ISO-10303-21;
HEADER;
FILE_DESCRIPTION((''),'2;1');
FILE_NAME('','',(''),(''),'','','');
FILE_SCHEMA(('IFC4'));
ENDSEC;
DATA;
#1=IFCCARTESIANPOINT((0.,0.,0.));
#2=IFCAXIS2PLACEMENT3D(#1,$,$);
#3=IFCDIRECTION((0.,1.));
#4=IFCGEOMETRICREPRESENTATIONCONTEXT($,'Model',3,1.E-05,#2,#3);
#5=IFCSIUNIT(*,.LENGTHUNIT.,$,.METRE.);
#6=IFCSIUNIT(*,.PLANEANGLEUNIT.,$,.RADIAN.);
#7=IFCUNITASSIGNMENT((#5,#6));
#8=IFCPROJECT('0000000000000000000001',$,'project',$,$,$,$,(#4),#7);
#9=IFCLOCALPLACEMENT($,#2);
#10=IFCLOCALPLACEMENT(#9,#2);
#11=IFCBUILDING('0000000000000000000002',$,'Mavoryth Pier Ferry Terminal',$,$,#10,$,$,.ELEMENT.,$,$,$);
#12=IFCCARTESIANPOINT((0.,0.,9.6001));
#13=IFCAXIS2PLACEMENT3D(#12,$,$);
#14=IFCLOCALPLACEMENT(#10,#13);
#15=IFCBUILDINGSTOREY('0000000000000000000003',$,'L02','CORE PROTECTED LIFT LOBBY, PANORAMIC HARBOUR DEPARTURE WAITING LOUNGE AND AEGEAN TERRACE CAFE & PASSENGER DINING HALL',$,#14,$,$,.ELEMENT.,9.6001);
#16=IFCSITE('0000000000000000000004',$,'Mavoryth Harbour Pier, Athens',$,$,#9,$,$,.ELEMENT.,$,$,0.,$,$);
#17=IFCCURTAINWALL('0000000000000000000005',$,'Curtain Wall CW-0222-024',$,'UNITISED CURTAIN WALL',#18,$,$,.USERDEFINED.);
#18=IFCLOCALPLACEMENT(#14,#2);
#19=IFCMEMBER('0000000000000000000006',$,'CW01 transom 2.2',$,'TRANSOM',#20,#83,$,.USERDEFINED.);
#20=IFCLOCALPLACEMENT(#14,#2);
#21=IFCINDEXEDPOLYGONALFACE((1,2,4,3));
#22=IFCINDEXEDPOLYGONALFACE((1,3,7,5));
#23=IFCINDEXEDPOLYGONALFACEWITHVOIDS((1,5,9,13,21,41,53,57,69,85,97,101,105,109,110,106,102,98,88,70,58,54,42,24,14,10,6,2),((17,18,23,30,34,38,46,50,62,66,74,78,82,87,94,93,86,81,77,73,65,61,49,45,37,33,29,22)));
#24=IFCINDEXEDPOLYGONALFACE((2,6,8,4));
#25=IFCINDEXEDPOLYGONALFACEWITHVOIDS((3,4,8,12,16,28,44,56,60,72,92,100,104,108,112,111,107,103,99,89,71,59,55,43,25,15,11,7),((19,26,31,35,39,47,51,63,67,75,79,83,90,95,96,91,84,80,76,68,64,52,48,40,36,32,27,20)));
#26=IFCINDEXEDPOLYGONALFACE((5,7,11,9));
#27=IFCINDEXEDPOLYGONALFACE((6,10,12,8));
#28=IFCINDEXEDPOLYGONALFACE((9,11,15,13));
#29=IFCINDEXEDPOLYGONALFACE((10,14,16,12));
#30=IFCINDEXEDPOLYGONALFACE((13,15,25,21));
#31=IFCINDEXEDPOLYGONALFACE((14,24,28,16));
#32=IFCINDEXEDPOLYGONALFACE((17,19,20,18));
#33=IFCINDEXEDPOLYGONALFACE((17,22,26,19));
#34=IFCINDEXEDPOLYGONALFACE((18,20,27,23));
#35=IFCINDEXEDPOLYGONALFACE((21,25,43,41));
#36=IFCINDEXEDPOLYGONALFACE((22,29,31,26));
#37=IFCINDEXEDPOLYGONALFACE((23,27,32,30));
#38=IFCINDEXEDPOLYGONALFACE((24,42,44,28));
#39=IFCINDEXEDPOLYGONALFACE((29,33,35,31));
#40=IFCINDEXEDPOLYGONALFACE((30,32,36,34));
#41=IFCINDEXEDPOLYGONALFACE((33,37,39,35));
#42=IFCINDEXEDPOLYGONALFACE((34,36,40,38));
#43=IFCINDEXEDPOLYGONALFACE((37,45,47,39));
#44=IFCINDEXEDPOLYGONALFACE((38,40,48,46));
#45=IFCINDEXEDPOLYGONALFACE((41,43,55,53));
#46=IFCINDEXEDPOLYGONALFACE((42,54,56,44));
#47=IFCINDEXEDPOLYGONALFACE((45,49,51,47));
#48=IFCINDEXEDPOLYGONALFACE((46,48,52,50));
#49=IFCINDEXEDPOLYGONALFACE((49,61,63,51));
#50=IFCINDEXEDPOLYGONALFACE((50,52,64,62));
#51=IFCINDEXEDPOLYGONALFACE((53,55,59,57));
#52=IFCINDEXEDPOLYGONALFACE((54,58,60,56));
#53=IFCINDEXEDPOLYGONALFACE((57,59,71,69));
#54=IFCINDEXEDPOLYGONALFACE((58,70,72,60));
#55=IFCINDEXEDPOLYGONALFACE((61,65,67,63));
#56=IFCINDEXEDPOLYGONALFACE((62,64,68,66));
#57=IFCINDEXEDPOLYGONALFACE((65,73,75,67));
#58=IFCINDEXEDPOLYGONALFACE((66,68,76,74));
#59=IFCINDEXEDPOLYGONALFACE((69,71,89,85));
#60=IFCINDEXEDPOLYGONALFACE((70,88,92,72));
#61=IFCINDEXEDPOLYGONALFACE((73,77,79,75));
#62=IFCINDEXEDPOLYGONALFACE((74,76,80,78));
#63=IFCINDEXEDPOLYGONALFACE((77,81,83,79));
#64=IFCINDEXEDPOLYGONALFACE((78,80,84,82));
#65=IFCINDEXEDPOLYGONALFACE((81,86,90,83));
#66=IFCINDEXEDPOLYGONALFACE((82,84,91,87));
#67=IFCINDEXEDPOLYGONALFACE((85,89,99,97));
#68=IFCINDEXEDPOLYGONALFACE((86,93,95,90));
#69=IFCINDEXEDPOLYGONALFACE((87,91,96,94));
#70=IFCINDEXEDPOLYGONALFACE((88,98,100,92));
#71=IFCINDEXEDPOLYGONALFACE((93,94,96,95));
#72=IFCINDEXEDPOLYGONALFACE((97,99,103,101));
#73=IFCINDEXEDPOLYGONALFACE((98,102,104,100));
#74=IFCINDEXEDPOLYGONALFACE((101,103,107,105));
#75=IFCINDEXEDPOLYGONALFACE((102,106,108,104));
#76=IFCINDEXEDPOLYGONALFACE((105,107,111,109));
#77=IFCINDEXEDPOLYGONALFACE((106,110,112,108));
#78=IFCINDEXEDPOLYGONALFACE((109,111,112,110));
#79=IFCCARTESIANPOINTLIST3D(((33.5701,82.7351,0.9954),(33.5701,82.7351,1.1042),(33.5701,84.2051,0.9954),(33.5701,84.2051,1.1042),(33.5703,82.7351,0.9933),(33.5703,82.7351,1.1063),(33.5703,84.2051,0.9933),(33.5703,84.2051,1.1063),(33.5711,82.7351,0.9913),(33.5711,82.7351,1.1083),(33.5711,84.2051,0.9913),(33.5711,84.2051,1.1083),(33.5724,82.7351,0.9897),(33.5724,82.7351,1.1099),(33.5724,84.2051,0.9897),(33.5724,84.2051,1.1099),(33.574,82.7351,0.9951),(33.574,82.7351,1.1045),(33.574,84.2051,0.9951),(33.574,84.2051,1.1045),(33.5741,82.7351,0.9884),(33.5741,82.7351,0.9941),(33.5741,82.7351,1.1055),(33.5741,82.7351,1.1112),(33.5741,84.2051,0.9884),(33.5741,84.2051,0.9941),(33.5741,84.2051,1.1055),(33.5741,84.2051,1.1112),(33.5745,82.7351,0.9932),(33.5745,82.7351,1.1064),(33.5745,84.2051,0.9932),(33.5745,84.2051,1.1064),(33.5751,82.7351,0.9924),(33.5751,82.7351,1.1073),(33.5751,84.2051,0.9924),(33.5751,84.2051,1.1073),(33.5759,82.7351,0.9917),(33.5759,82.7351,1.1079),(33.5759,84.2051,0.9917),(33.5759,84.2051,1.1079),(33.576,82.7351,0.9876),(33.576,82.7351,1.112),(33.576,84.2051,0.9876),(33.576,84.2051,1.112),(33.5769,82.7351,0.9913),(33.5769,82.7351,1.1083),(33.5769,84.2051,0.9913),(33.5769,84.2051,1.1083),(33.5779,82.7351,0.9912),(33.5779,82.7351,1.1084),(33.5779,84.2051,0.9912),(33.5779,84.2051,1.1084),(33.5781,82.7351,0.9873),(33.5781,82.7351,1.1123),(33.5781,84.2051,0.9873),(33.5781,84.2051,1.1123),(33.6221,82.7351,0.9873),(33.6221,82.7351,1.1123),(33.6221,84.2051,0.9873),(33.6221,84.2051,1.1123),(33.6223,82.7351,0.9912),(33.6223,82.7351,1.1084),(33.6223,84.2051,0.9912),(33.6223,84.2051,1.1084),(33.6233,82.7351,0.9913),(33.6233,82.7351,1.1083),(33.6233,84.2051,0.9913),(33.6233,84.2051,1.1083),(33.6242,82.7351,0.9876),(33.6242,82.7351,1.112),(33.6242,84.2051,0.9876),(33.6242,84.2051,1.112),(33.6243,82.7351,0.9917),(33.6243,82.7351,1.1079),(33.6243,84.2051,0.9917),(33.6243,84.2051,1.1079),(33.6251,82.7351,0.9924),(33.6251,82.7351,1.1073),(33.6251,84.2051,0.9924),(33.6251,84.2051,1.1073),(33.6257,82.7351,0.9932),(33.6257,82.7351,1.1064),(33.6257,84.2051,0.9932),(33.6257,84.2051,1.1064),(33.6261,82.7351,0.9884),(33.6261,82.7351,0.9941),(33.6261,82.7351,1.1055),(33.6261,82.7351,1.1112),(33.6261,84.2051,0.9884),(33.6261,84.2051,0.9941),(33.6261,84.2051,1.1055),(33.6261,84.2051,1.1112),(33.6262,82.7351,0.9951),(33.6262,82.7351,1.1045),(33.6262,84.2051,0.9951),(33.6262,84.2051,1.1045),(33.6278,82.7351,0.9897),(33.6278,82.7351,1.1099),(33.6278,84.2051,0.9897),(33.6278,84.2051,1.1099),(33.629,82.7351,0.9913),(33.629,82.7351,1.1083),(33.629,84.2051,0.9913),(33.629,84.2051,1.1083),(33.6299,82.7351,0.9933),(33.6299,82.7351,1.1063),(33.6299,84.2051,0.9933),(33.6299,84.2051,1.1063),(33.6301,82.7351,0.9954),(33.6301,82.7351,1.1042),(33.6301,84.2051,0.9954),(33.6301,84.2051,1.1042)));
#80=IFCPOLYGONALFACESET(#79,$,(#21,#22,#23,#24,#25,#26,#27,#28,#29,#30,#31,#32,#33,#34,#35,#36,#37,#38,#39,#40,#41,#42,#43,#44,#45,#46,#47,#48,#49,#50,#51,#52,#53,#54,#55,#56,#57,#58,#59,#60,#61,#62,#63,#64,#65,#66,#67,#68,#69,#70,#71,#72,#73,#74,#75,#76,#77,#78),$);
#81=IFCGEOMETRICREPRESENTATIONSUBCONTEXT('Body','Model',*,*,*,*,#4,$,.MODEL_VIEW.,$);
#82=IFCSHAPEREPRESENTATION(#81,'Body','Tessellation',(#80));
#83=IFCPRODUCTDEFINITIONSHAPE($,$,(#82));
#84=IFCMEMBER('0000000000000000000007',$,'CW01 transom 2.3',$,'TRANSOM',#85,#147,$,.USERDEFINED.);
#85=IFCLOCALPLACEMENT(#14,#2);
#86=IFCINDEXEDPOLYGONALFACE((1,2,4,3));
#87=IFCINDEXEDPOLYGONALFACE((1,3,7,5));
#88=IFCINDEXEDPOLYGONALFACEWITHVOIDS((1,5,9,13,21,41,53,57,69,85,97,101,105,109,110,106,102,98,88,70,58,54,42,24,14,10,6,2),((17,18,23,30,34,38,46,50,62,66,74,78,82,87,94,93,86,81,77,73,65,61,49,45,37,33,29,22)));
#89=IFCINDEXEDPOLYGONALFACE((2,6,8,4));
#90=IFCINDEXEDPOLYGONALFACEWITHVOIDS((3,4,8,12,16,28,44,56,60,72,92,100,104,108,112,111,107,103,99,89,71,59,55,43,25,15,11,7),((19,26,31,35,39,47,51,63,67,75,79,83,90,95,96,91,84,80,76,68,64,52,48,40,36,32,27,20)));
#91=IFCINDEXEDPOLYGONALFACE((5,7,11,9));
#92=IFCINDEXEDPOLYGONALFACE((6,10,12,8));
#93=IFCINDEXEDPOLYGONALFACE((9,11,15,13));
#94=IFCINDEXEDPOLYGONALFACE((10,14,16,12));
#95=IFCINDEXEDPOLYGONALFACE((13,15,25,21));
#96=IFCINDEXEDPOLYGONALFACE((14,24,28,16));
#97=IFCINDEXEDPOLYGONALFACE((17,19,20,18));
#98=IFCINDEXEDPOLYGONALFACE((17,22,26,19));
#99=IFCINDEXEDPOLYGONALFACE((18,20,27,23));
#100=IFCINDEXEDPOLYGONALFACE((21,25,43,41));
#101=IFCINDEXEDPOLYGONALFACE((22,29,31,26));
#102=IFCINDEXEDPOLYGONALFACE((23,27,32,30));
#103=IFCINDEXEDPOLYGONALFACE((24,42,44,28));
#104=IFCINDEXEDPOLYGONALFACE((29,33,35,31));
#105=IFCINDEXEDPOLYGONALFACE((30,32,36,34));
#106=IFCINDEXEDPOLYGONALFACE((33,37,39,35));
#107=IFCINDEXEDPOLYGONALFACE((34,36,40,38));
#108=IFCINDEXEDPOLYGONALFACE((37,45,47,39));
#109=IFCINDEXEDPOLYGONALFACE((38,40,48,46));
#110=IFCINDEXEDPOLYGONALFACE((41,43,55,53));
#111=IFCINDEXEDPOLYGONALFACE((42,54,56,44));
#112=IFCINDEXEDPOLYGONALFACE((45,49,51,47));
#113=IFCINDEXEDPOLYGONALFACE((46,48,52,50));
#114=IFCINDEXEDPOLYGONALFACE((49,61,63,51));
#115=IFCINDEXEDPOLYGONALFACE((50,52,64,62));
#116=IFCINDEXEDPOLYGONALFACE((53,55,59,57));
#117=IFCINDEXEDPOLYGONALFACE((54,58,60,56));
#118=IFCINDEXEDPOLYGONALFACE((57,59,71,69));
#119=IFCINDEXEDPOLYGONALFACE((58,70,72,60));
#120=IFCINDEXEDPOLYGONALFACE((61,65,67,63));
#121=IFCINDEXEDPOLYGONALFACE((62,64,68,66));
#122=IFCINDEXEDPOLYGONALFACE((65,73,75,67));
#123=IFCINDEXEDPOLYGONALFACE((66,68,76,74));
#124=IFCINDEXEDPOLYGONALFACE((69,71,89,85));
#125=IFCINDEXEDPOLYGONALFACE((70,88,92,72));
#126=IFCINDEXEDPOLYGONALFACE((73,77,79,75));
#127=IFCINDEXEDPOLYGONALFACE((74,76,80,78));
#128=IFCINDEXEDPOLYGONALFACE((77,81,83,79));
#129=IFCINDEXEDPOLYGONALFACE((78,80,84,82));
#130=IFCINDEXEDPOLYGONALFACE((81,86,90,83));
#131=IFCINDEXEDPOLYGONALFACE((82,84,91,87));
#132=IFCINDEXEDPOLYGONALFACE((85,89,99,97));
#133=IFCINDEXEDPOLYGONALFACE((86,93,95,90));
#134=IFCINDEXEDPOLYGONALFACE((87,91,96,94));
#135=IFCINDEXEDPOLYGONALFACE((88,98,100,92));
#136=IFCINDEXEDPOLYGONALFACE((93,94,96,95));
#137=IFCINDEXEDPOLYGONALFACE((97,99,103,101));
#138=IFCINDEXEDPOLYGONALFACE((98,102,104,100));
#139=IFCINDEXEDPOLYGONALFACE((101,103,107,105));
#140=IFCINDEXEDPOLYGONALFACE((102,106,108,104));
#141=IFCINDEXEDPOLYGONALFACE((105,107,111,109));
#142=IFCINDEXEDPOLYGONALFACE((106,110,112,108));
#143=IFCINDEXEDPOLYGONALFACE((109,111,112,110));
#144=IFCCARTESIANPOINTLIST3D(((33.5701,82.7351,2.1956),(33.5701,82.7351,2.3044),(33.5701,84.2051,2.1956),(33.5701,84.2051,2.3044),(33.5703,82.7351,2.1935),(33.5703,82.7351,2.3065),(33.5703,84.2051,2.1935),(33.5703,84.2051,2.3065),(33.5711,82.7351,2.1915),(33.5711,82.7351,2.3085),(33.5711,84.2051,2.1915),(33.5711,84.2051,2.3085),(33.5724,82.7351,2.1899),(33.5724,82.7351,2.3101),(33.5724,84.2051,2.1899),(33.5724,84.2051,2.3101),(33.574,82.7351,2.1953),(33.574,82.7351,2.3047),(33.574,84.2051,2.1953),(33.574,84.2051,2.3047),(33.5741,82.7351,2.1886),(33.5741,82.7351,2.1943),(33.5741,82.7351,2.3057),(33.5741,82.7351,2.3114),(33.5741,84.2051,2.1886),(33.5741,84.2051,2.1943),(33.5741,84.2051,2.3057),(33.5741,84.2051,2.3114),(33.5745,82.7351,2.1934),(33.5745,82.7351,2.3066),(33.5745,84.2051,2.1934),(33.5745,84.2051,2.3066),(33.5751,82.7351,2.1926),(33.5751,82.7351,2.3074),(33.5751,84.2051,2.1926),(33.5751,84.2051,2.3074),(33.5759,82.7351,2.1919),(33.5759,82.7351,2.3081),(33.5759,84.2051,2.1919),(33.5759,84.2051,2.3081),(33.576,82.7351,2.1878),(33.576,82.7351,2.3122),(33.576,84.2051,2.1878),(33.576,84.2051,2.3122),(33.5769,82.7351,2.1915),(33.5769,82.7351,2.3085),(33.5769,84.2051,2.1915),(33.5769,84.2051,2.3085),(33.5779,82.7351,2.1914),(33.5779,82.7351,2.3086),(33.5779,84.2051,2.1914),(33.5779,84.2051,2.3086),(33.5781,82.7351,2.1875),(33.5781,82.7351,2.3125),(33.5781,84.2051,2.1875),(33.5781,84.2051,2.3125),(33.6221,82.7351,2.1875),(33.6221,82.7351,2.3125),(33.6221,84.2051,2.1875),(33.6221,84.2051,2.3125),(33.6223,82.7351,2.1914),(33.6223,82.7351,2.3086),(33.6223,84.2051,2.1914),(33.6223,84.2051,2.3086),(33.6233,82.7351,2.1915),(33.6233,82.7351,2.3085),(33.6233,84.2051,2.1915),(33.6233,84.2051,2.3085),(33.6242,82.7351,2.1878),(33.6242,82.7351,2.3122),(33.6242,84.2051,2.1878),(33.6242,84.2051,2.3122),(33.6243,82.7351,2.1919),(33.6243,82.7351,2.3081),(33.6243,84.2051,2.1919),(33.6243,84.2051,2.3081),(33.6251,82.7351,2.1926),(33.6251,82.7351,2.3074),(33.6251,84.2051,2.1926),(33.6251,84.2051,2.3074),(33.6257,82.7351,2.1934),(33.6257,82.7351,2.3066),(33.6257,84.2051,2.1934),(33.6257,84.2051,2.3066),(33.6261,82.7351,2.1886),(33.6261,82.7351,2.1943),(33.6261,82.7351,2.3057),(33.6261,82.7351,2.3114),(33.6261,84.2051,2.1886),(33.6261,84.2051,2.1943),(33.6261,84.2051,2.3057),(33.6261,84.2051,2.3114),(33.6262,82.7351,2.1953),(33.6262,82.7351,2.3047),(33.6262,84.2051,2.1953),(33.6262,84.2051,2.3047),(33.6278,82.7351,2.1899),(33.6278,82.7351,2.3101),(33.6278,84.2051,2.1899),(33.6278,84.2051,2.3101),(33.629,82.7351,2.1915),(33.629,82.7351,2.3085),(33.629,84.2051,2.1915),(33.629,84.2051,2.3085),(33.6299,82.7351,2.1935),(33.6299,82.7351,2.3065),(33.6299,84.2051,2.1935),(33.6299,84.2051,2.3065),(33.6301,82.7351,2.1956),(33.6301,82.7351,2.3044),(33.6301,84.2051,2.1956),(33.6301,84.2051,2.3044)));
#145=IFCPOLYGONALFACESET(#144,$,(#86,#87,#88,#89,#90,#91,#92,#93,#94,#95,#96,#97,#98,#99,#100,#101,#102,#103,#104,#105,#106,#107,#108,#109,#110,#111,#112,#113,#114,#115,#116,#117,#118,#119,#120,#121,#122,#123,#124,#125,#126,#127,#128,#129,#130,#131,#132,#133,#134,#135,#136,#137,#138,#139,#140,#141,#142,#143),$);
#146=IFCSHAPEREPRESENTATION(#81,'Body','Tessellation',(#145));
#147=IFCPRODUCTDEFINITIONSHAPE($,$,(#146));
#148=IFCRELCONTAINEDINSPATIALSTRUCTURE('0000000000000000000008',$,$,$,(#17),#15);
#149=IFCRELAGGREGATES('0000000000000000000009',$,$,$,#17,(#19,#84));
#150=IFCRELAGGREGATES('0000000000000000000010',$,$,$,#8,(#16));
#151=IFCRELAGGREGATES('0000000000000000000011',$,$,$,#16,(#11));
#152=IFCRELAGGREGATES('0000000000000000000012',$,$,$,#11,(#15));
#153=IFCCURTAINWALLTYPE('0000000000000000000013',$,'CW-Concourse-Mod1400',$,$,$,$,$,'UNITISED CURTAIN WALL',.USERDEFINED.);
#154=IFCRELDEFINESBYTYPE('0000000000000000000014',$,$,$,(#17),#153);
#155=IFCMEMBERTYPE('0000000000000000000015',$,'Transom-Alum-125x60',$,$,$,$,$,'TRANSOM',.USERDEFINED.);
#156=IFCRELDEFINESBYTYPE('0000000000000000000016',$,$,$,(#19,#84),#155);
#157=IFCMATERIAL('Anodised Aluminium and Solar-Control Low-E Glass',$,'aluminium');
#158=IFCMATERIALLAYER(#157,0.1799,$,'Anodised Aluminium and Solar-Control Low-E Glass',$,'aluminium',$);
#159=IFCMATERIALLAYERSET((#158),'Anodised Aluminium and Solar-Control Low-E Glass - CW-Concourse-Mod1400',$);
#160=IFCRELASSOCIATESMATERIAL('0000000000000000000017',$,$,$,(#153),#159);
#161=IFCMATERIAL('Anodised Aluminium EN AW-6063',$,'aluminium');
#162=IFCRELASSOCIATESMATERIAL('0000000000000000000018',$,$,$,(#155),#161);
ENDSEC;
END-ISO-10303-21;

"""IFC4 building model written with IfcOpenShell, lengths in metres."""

from ifc_helpers import new_model, si_unit, direction, frame, origin, origin_2d, place, context, subcontext, project, spatial, hollow_rectangle, extrude, material, layer, layer_set, material_profile, profile_set, type_object, element, aggregate, save


model = new_model("IFC4")

# Units and contexts
model_context = context("Model", 3, precision=1e-05, world=origin(), true_north=direction((0.0, 1.0)))
body_context = subcontext(model_context, "Body", "Model", "MODEL_VIEW")
ifc_project = project(units=[si_unit("LENGTHUNIT", "METRE"), si_unit("PLANEANGLEUNIT", "RADIAN")], contexts=[model_context])

# Site, building, storey
site_placement = place(None, origin())
site = spatial("IfcSite", under=ifc_project, at=site_placement, Name="Mavoryth Harbour Pier, Athens", CompositionType="ELEMENT", RefElevation=0.0)
building_placement = place(site_placement, origin())
building = spatial("IfcBuilding", under=site, at=building_placement, Name="Mavoryth Pier Ferry Terminal", CompositionType="ELEMENT")
storey_placement = place(building_placement, frame((0.0, 0.0, 9.6001)))
storey = spatial("IfcBuildingStorey", under=building, at=storey_placement, Name="L02", Description="CORE PROTECTED LIFT LOBBY, PANORAMIC HARBOUR DEPARTURE WAITING LOUNGE AND AEGEAN TERRACE CAFE & PASSENGER DINING HALL", CompositionType="ELEMENT", Elevation=9.6001)

# Curtain wall
ifc_material_1 = material(Name="Anodised Aluminium and Solar-Control Low-E Glass", Category="aluminium")
ifc_layer_1 = layer(ifc_material_1, 0.1799, Name="Anodised Aluminium and Solar-Control Low-E Glass", Category="aluminium")
ifc_layer_set_1 = layer_set([ifc_layer_1], Name="Anodised Aluminium and Solar-Control Low-E Glass - CW-Concourse-Mod1400")
curtain_wall_type = type_object("IfcCurtainWallType", Name="CW-Concourse-Mod1400", ElementType="UNITISED CURTAIN WALL", PredefinedType="USERDEFINED", material=ifc_layer_set_1)
curtain_wall_placement = place(storey_placement, origin())
curtain_wall = element("IfcCurtainWall", 1, at=curtain_wall_placement, inside=storey, type_object=curtain_wall_type, Name="Curtain Wall CW-0222-024", ObjectType="UNITISED CURTAIN WALL", PredefinedType="USERDEFINED")
ifc_material_2 = material(Name="Anodised Aluminium EN AW-6063", Category="aluminium")

# Members
ifc_material_profile_1 = material_profile(ifc_material_2, hollow_rectangle(XDim=0.0601, YDim=0.125, WallThickness=0.0039, InnerFilletRadius=0.0039, OuterFilletRadius=0.0081, at=origin_2d()), Name="AL-TRAN 125x60x4", Category="aluminium")
ifc_profile_set_1 = profile_set([ifc_material_profile_1], Name="Anodised Aluminium EN AW-6063 - AL-TRAN 125x60x4")
member_type_1 = type_object("IfcMemberType", Name="Transom-Alum-125x60", ElementType="TRANSOM", PredefinedType="USERDEFINED", material=ifc_profile_set_1)
member_1_placement = place(storey_placement, frame((33.6001, 82.7351, 1.0498), z_axis=(0.0, 1.0, 0.0), x_axis=(-1.0, 0.0, 0.0)))
member_1 = element("IfcMember", 2, at=member_1_placement, type_object=member_type_1, Name="CW01 transom 2.2", ObjectType="TRANSOM", PredefinedType="USERDEFINED", context=body_context, shape_type="SweptSolid", body=[
    extrude(hollow_rectangle(XDim=0.0601, YDim=0.125, WallThickness=0.0039, InnerFilletRadius=0.0039, OuterFilletRadius=0.0081, at=origin_2d()), origin(), (0.0, 0.0, 1.0), 1.47),
])
member_2_placement = place(storey_placement, frame((33.6001, 82.7351, 2.25), z_axis=(0.0, 1.0, 0.0), x_axis=(-1.0, 0.0, 0.0)))
member_2 = element("IfcMember", 3, at=member_2_placement, type_object=member_type_1, Name="CW01 transom 2.3", ObjectType="TRANSOM", PredefinedType="USERDEFINED", context=body_context, shape_type="SweptSolid", body=[
    extrude(hollow_rectangle(XDim=0.0601, YDim=0.125, WallThickness=0.0039, InnerFilletRadius=0.0039, OuterFilletRadius=0.0081, at=origin_2d()), origin(), (0.0, 0.0, 1.0), 1.47),
])

aggregate(curtain_wall, [member_1, member_2])

save(model, "model.ifc")
